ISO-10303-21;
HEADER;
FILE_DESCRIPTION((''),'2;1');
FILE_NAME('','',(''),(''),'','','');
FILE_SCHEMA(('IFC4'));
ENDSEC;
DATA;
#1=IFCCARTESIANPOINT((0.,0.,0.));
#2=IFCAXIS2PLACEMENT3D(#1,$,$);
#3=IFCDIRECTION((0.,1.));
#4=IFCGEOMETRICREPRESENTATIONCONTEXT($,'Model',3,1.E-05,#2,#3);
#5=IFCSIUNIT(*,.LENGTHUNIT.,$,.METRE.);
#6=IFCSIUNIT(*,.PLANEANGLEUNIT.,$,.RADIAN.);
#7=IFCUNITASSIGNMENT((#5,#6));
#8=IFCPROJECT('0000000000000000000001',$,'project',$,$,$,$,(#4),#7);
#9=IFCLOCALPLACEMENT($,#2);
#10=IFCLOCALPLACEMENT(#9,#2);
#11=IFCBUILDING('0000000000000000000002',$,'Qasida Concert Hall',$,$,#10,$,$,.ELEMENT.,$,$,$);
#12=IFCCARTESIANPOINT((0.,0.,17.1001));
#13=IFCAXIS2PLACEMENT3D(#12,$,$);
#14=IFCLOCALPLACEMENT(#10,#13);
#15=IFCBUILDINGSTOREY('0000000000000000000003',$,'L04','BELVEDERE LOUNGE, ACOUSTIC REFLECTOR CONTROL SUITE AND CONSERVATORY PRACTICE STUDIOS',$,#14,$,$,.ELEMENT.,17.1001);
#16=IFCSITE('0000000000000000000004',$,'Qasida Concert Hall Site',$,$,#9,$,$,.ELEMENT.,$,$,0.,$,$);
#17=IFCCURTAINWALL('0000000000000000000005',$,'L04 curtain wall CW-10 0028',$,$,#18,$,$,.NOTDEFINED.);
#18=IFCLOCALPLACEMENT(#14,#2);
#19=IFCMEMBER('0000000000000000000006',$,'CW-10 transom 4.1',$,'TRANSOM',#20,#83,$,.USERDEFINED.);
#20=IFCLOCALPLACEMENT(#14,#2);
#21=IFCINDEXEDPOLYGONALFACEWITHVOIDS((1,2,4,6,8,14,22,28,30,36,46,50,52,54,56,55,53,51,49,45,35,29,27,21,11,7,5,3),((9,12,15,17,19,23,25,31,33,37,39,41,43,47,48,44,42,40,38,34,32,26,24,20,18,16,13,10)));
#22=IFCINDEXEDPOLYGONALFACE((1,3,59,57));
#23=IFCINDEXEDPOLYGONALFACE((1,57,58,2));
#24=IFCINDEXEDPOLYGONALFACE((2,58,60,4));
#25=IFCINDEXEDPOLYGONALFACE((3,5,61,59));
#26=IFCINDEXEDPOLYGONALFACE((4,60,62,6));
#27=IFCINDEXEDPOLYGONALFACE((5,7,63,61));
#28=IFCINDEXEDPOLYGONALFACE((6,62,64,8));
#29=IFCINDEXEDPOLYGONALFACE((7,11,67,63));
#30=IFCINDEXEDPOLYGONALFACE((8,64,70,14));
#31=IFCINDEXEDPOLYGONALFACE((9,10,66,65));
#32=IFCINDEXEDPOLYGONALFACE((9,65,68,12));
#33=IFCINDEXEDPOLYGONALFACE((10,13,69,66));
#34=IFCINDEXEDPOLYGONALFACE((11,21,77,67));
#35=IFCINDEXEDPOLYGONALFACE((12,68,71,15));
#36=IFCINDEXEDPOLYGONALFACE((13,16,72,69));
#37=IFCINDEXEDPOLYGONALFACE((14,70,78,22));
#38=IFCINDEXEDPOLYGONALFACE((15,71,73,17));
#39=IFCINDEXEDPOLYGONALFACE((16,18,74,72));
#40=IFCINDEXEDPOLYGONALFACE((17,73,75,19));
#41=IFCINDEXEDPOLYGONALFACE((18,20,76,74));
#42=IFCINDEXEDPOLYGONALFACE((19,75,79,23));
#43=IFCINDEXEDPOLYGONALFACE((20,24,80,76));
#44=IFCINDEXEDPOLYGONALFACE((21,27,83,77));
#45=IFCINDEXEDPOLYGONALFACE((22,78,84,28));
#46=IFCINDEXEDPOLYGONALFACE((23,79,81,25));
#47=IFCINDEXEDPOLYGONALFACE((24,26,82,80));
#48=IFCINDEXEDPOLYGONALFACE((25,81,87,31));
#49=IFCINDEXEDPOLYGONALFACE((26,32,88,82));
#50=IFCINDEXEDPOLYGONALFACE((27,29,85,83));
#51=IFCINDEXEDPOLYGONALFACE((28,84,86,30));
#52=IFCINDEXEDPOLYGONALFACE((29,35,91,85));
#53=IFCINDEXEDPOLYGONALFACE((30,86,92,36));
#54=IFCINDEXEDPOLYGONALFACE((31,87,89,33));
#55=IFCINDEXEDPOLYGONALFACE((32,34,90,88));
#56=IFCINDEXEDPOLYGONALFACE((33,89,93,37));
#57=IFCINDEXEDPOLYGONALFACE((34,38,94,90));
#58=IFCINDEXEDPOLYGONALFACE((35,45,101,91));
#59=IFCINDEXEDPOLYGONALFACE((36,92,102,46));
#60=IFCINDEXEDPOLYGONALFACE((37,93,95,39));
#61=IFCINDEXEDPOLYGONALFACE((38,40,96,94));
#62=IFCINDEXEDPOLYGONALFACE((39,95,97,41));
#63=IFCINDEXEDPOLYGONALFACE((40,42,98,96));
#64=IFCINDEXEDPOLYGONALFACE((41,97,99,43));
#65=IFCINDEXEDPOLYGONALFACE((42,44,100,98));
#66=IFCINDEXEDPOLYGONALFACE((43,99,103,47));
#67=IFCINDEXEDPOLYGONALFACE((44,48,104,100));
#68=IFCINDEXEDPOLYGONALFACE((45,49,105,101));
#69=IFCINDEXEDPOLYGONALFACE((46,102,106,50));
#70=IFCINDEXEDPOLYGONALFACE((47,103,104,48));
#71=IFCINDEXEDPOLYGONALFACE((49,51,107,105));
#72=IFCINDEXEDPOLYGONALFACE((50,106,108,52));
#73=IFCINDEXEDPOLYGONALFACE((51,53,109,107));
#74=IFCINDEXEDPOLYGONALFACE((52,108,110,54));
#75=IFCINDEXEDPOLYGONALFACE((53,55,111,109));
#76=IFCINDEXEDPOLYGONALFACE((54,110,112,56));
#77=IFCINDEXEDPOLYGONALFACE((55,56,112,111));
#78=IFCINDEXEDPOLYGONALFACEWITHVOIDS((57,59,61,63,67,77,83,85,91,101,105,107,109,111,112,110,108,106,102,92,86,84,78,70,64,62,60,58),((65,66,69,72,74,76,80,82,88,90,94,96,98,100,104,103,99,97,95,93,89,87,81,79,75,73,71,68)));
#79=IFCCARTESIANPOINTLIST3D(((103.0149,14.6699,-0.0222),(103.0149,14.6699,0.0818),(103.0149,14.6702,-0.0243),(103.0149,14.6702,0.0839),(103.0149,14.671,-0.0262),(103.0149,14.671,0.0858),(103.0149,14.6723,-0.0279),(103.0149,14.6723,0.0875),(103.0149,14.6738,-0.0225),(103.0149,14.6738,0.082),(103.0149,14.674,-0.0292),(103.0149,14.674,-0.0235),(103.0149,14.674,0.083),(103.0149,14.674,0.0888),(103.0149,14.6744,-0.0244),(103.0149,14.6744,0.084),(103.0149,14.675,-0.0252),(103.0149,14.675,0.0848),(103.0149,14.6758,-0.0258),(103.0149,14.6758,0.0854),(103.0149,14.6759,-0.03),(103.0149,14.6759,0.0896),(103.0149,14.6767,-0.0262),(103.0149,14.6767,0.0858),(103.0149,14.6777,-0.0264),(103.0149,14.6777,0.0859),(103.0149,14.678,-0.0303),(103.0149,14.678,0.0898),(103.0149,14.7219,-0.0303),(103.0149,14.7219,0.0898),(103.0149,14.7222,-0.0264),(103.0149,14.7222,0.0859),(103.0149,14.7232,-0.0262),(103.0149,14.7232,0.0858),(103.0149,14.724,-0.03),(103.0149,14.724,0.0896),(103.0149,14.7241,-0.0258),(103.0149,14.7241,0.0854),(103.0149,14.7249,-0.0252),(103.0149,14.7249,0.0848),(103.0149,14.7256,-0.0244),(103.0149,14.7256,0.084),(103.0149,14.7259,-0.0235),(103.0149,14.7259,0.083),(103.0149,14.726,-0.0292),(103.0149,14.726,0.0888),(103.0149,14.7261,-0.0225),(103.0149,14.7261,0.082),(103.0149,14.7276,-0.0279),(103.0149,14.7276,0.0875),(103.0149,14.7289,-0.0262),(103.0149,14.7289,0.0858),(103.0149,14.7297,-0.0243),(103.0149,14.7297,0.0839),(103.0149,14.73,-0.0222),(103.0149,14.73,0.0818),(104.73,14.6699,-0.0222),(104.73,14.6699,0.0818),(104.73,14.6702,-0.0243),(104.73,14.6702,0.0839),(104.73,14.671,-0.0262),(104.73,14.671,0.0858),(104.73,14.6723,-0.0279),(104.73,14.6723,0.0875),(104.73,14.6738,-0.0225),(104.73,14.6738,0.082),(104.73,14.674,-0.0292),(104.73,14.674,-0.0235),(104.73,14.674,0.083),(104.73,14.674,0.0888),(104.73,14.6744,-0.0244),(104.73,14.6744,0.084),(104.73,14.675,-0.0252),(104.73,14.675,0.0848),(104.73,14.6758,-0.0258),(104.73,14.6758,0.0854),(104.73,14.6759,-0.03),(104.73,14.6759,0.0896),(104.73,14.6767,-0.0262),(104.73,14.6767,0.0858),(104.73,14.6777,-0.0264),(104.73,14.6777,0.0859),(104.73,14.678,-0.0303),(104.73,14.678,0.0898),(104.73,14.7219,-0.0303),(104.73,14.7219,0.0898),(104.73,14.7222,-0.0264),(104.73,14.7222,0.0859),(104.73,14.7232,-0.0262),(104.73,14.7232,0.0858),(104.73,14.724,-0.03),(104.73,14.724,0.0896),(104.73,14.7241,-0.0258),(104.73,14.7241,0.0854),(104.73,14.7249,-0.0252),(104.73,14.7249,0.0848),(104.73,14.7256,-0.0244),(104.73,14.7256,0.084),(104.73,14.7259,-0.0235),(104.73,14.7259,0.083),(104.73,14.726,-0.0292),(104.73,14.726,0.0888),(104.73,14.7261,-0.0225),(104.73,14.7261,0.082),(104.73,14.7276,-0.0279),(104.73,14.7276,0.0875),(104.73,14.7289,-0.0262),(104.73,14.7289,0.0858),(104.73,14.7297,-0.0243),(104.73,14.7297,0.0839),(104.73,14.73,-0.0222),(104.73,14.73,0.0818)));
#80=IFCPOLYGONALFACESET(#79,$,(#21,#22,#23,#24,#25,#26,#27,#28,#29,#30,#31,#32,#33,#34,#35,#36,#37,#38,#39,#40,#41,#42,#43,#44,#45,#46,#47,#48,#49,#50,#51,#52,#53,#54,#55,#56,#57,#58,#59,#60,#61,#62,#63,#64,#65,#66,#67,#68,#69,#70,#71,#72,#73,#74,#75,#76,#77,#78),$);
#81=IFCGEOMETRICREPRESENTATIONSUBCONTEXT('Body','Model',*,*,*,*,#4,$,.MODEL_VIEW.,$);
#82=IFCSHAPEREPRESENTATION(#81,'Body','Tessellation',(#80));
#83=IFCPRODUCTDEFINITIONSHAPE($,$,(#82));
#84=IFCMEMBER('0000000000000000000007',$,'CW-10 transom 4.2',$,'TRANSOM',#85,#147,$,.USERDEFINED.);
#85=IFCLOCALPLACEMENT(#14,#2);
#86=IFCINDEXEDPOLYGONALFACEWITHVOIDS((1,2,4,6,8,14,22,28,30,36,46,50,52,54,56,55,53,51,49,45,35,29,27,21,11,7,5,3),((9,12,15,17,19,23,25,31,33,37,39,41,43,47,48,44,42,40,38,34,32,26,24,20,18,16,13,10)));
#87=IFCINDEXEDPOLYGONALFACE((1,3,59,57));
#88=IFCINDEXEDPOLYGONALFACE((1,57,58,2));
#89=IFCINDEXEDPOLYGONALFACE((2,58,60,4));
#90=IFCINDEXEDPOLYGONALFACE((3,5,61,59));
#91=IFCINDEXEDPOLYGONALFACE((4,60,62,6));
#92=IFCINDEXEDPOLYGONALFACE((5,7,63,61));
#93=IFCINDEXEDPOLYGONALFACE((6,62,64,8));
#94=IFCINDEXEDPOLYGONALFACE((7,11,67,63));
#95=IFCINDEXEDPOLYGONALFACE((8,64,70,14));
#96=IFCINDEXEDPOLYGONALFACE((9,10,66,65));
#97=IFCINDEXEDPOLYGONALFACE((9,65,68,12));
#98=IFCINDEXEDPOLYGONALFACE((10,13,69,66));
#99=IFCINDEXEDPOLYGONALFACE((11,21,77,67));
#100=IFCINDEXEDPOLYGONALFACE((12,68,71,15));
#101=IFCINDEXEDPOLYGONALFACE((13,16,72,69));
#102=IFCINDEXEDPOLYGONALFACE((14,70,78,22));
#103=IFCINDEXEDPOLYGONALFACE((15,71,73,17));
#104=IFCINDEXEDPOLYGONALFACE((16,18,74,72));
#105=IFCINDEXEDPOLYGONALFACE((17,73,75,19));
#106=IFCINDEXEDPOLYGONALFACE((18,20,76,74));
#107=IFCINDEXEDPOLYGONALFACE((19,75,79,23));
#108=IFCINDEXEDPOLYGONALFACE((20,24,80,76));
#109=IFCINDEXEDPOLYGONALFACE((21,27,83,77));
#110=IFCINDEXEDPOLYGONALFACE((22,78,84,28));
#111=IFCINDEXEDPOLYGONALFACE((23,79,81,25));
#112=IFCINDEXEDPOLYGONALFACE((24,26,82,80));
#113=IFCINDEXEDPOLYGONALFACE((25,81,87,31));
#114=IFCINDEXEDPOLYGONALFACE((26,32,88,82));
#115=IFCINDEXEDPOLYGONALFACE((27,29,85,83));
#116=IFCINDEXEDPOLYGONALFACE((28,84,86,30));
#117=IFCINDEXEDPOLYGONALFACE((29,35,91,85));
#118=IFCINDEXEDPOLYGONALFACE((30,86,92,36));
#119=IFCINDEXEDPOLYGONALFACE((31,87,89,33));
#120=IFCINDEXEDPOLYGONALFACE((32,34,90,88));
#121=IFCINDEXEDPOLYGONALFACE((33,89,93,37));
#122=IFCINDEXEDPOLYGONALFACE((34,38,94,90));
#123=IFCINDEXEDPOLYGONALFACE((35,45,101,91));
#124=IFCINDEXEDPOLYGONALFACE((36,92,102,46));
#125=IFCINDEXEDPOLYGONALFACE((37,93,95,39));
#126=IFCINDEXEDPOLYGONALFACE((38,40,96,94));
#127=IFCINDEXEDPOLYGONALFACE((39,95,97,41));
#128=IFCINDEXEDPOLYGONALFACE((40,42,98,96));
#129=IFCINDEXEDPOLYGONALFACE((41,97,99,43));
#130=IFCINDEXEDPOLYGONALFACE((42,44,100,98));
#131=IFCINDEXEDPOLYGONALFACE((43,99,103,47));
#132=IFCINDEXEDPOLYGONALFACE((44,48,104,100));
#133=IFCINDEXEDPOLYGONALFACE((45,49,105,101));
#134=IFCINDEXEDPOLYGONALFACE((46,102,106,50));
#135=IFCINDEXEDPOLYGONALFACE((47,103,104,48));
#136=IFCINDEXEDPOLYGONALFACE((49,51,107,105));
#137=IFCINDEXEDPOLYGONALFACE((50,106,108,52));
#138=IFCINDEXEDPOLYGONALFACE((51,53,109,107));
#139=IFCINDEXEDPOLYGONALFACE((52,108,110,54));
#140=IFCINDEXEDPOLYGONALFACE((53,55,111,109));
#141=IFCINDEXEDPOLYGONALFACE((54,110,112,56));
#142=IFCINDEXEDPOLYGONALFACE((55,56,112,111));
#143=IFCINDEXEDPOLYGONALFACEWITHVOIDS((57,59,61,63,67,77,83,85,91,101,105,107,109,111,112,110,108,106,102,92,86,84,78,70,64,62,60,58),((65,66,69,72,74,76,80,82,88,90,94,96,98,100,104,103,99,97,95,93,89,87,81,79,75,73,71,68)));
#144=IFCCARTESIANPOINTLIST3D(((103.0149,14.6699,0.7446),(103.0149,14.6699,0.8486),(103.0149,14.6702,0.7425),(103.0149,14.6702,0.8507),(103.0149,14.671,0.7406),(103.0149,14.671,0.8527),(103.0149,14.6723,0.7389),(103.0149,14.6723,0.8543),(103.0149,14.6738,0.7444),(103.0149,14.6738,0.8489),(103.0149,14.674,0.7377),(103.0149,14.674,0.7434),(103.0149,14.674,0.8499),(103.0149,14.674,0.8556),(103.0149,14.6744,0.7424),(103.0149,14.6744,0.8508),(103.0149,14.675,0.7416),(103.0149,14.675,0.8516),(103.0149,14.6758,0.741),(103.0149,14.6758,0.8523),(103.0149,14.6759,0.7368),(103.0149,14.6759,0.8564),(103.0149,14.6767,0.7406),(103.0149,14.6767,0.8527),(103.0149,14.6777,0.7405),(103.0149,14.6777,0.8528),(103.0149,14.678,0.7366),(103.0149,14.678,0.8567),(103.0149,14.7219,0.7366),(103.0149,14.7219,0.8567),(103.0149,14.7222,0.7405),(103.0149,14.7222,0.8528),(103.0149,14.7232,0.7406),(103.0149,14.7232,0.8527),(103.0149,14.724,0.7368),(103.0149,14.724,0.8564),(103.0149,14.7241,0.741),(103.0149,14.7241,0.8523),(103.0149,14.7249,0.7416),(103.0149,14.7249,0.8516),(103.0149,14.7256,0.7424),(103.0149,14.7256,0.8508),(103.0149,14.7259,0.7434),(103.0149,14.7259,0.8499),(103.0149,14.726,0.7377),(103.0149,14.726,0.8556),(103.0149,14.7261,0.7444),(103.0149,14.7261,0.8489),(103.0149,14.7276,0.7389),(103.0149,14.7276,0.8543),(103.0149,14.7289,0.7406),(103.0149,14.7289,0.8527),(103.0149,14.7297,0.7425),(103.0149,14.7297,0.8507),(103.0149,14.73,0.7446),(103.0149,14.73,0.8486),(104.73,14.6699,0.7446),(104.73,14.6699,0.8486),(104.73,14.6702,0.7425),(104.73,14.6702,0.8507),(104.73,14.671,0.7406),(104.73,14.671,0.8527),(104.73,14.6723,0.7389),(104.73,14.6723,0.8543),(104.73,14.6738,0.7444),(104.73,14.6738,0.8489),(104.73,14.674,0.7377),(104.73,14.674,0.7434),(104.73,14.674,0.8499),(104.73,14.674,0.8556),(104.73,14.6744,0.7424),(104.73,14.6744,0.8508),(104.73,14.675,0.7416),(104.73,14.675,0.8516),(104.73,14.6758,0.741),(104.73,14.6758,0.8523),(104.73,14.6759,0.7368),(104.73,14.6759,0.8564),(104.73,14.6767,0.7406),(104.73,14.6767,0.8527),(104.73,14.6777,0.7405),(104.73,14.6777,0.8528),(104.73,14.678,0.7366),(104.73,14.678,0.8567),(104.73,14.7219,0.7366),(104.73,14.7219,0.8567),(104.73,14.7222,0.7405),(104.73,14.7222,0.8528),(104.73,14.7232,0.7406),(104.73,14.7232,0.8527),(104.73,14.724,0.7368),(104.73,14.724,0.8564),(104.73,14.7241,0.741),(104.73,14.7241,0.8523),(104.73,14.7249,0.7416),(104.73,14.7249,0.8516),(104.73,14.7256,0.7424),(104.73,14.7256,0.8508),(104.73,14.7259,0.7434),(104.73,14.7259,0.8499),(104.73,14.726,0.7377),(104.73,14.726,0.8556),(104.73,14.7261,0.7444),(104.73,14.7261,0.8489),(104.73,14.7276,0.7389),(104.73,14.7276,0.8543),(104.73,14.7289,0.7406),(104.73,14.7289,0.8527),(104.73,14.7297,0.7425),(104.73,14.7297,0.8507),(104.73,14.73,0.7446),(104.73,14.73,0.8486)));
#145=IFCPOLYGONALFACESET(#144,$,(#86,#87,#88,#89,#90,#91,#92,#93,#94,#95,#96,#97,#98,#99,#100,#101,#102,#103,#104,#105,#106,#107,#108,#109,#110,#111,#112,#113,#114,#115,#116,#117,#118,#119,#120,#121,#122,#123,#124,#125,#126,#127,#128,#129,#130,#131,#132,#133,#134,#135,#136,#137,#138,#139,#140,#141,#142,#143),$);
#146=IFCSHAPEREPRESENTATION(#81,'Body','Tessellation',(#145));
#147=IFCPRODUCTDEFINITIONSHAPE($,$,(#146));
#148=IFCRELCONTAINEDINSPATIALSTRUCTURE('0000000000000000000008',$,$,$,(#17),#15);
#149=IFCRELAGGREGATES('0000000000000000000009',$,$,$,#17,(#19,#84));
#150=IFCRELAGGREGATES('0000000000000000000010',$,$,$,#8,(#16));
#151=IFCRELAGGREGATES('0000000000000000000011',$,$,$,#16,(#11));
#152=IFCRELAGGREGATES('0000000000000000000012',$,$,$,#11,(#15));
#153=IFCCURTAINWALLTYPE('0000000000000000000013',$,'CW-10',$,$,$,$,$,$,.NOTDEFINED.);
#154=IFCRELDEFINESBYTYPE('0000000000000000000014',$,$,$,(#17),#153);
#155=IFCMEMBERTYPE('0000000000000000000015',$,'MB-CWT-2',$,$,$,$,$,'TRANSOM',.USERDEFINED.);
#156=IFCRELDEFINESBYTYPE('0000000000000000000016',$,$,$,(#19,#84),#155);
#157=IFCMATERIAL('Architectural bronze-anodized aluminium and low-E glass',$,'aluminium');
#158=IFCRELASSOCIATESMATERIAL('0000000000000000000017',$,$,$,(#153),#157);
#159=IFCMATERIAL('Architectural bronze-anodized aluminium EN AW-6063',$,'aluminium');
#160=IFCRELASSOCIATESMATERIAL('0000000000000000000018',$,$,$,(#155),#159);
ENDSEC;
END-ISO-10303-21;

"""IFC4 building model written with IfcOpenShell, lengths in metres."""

from ifc_helpers import new_model, si_unit, direction, frame, origin, origin_2d, place, context, subcontext, project, spatial, hollow_rectangle, extrude, material, material_profile, profile_set, type_object, element, aggregate, save


model = new_model("IFC4")

# Units and contexts
model_context = context("Model", 3, precision=1e-05, world=origin(), true_north=direction((0.0, 1.0)))
body_context = subcontext(model_context, "Body", "Model", "MODEL_VIEW")
ifc_project = project(units=[si_unit("LENGTHUNIT", "METRE"), si_unit("PLANEANGLEUNIT", "RADIAN")], contexts=[model_context])

# Site, building, storey
site_placement = place(None, origin())
site = spatial("IfcSite", under=ifc_project, at=site_placement, Name="Qasida Concert Hall Site", CompositionType="ELEMENT", RefElevation=0.0)
building_placement = place(site_placement, origin())
building = spatial("IfcBuilding", under=site, at=building_placement, Name="Qasida Concert Hall", CompositionType="ELEMENT")
storey_placement = place(building_placement, frame((0.0, 0.0, 17.1001)))
storey = spatial("IfcBuildingStorey", under=building, at=storey_placement, Name="L04", Description="BELVEDERE LOUNGE, ACOUSTIC REFLECTOR CONTROL SUITE AND CONSERVATORY PRACTICE STUDIOS", CompositionType="ELEMENT", Elevation=17.1001)

# Curtain wall, members
ifc_material_1 = material(Name="Architectural bronze-anodized aluminium and low-E glass", Category="aluminium")
curtain_wall_type = type_object("IfcCurtainWallType", Name="CW-10", PredefinedType="NOTDEFINED", material=ifc_material_1)
curtain_wall_placement = place(storey_placement, origin())
curtain_wall = element("IfcCurtainWall", 1, at=curtain_wall_placement, inside=storey, type_object=curtain_wall_type, Name="L04 curtain wall CW-10 0028", PredefinedType="NOTDEFINED")
ifc_material_2 = material(Name="Architectural bronze-anodized aluminium EN AW-6063", Category="aluminium")
ifc_material_profile_1 = material_profile(ifc_material_2, hollow_rectangle(XDim=0.0601, YDim=0.1201, WallThickness=0.0039, InnerFilletRadius=0.0039, OuterFilletRadius=0.0081, at=origin_2d()), Name="CWT 120x60x4")
ifc_profile_set_1 = profile_set([ifc_material_profile_1], Name="Architectural bronze-anodized aluminium EN AW-6063")
member_type_1 = type_object("IfcMemberType", Name="MB-CWT-2", ElementType="TRANSOM", PredefinedType="USERDEFINED", material=ifc_profile_set_1)
member_1_placement = place(storey_placement, frame((103.0149, 14.7, 0.0298), z_axis=(1.0, 0.0, 0.0), x_axis=(0.0, 1.0, 0.0)))
member_1 = element("IfcMember", 2, at=member_1_placement, type_object=member_type_1, Name="CW-10 transom 4.1", ObjectType="TRANSOM", PredefinedType="USERDEFINED", context=body_context, shape_type="SweptSolid", body=[
    extrude(hollow_rectangle(XDim=0.0601, YDim=0.1201, WallThickness=0.0039, InnerFilletRadius=0.0039, OuterFilletRadius=0.0081, at=origin_2d()), origin(), (0.0, 0.0, 1.0), 1.7151),
])
member_2_placement = place(storey_placement, frame((103.0149, 14.7, 0.7966), z_axis=(1.0, 0.0, 0.0), x_axis=(0.0, 1.0, 0.0)))
member_2 = element("IfcMember", 3, at=member_2_placement, type_object=member_type_1, Name="CW-10 transom 4.2", ObjectType="TRANSOM", PredefinedType="USERDEFINED", context=body_context, shape_type="SweptSolid", body=[
    extrude(hollow_rectangle(XDim=0.0601, YDim=0.1201, WallThickness=0.0039, InnerFilletRadius=0.0039, OuterFilletRadius=0.0081, at=origin_2d()), origin(), (0.0, 0.0, 1.0), 1.7151),
])

aggregate(curtain_wall, [member_1, member_2])

save(model, "model.ifc")
